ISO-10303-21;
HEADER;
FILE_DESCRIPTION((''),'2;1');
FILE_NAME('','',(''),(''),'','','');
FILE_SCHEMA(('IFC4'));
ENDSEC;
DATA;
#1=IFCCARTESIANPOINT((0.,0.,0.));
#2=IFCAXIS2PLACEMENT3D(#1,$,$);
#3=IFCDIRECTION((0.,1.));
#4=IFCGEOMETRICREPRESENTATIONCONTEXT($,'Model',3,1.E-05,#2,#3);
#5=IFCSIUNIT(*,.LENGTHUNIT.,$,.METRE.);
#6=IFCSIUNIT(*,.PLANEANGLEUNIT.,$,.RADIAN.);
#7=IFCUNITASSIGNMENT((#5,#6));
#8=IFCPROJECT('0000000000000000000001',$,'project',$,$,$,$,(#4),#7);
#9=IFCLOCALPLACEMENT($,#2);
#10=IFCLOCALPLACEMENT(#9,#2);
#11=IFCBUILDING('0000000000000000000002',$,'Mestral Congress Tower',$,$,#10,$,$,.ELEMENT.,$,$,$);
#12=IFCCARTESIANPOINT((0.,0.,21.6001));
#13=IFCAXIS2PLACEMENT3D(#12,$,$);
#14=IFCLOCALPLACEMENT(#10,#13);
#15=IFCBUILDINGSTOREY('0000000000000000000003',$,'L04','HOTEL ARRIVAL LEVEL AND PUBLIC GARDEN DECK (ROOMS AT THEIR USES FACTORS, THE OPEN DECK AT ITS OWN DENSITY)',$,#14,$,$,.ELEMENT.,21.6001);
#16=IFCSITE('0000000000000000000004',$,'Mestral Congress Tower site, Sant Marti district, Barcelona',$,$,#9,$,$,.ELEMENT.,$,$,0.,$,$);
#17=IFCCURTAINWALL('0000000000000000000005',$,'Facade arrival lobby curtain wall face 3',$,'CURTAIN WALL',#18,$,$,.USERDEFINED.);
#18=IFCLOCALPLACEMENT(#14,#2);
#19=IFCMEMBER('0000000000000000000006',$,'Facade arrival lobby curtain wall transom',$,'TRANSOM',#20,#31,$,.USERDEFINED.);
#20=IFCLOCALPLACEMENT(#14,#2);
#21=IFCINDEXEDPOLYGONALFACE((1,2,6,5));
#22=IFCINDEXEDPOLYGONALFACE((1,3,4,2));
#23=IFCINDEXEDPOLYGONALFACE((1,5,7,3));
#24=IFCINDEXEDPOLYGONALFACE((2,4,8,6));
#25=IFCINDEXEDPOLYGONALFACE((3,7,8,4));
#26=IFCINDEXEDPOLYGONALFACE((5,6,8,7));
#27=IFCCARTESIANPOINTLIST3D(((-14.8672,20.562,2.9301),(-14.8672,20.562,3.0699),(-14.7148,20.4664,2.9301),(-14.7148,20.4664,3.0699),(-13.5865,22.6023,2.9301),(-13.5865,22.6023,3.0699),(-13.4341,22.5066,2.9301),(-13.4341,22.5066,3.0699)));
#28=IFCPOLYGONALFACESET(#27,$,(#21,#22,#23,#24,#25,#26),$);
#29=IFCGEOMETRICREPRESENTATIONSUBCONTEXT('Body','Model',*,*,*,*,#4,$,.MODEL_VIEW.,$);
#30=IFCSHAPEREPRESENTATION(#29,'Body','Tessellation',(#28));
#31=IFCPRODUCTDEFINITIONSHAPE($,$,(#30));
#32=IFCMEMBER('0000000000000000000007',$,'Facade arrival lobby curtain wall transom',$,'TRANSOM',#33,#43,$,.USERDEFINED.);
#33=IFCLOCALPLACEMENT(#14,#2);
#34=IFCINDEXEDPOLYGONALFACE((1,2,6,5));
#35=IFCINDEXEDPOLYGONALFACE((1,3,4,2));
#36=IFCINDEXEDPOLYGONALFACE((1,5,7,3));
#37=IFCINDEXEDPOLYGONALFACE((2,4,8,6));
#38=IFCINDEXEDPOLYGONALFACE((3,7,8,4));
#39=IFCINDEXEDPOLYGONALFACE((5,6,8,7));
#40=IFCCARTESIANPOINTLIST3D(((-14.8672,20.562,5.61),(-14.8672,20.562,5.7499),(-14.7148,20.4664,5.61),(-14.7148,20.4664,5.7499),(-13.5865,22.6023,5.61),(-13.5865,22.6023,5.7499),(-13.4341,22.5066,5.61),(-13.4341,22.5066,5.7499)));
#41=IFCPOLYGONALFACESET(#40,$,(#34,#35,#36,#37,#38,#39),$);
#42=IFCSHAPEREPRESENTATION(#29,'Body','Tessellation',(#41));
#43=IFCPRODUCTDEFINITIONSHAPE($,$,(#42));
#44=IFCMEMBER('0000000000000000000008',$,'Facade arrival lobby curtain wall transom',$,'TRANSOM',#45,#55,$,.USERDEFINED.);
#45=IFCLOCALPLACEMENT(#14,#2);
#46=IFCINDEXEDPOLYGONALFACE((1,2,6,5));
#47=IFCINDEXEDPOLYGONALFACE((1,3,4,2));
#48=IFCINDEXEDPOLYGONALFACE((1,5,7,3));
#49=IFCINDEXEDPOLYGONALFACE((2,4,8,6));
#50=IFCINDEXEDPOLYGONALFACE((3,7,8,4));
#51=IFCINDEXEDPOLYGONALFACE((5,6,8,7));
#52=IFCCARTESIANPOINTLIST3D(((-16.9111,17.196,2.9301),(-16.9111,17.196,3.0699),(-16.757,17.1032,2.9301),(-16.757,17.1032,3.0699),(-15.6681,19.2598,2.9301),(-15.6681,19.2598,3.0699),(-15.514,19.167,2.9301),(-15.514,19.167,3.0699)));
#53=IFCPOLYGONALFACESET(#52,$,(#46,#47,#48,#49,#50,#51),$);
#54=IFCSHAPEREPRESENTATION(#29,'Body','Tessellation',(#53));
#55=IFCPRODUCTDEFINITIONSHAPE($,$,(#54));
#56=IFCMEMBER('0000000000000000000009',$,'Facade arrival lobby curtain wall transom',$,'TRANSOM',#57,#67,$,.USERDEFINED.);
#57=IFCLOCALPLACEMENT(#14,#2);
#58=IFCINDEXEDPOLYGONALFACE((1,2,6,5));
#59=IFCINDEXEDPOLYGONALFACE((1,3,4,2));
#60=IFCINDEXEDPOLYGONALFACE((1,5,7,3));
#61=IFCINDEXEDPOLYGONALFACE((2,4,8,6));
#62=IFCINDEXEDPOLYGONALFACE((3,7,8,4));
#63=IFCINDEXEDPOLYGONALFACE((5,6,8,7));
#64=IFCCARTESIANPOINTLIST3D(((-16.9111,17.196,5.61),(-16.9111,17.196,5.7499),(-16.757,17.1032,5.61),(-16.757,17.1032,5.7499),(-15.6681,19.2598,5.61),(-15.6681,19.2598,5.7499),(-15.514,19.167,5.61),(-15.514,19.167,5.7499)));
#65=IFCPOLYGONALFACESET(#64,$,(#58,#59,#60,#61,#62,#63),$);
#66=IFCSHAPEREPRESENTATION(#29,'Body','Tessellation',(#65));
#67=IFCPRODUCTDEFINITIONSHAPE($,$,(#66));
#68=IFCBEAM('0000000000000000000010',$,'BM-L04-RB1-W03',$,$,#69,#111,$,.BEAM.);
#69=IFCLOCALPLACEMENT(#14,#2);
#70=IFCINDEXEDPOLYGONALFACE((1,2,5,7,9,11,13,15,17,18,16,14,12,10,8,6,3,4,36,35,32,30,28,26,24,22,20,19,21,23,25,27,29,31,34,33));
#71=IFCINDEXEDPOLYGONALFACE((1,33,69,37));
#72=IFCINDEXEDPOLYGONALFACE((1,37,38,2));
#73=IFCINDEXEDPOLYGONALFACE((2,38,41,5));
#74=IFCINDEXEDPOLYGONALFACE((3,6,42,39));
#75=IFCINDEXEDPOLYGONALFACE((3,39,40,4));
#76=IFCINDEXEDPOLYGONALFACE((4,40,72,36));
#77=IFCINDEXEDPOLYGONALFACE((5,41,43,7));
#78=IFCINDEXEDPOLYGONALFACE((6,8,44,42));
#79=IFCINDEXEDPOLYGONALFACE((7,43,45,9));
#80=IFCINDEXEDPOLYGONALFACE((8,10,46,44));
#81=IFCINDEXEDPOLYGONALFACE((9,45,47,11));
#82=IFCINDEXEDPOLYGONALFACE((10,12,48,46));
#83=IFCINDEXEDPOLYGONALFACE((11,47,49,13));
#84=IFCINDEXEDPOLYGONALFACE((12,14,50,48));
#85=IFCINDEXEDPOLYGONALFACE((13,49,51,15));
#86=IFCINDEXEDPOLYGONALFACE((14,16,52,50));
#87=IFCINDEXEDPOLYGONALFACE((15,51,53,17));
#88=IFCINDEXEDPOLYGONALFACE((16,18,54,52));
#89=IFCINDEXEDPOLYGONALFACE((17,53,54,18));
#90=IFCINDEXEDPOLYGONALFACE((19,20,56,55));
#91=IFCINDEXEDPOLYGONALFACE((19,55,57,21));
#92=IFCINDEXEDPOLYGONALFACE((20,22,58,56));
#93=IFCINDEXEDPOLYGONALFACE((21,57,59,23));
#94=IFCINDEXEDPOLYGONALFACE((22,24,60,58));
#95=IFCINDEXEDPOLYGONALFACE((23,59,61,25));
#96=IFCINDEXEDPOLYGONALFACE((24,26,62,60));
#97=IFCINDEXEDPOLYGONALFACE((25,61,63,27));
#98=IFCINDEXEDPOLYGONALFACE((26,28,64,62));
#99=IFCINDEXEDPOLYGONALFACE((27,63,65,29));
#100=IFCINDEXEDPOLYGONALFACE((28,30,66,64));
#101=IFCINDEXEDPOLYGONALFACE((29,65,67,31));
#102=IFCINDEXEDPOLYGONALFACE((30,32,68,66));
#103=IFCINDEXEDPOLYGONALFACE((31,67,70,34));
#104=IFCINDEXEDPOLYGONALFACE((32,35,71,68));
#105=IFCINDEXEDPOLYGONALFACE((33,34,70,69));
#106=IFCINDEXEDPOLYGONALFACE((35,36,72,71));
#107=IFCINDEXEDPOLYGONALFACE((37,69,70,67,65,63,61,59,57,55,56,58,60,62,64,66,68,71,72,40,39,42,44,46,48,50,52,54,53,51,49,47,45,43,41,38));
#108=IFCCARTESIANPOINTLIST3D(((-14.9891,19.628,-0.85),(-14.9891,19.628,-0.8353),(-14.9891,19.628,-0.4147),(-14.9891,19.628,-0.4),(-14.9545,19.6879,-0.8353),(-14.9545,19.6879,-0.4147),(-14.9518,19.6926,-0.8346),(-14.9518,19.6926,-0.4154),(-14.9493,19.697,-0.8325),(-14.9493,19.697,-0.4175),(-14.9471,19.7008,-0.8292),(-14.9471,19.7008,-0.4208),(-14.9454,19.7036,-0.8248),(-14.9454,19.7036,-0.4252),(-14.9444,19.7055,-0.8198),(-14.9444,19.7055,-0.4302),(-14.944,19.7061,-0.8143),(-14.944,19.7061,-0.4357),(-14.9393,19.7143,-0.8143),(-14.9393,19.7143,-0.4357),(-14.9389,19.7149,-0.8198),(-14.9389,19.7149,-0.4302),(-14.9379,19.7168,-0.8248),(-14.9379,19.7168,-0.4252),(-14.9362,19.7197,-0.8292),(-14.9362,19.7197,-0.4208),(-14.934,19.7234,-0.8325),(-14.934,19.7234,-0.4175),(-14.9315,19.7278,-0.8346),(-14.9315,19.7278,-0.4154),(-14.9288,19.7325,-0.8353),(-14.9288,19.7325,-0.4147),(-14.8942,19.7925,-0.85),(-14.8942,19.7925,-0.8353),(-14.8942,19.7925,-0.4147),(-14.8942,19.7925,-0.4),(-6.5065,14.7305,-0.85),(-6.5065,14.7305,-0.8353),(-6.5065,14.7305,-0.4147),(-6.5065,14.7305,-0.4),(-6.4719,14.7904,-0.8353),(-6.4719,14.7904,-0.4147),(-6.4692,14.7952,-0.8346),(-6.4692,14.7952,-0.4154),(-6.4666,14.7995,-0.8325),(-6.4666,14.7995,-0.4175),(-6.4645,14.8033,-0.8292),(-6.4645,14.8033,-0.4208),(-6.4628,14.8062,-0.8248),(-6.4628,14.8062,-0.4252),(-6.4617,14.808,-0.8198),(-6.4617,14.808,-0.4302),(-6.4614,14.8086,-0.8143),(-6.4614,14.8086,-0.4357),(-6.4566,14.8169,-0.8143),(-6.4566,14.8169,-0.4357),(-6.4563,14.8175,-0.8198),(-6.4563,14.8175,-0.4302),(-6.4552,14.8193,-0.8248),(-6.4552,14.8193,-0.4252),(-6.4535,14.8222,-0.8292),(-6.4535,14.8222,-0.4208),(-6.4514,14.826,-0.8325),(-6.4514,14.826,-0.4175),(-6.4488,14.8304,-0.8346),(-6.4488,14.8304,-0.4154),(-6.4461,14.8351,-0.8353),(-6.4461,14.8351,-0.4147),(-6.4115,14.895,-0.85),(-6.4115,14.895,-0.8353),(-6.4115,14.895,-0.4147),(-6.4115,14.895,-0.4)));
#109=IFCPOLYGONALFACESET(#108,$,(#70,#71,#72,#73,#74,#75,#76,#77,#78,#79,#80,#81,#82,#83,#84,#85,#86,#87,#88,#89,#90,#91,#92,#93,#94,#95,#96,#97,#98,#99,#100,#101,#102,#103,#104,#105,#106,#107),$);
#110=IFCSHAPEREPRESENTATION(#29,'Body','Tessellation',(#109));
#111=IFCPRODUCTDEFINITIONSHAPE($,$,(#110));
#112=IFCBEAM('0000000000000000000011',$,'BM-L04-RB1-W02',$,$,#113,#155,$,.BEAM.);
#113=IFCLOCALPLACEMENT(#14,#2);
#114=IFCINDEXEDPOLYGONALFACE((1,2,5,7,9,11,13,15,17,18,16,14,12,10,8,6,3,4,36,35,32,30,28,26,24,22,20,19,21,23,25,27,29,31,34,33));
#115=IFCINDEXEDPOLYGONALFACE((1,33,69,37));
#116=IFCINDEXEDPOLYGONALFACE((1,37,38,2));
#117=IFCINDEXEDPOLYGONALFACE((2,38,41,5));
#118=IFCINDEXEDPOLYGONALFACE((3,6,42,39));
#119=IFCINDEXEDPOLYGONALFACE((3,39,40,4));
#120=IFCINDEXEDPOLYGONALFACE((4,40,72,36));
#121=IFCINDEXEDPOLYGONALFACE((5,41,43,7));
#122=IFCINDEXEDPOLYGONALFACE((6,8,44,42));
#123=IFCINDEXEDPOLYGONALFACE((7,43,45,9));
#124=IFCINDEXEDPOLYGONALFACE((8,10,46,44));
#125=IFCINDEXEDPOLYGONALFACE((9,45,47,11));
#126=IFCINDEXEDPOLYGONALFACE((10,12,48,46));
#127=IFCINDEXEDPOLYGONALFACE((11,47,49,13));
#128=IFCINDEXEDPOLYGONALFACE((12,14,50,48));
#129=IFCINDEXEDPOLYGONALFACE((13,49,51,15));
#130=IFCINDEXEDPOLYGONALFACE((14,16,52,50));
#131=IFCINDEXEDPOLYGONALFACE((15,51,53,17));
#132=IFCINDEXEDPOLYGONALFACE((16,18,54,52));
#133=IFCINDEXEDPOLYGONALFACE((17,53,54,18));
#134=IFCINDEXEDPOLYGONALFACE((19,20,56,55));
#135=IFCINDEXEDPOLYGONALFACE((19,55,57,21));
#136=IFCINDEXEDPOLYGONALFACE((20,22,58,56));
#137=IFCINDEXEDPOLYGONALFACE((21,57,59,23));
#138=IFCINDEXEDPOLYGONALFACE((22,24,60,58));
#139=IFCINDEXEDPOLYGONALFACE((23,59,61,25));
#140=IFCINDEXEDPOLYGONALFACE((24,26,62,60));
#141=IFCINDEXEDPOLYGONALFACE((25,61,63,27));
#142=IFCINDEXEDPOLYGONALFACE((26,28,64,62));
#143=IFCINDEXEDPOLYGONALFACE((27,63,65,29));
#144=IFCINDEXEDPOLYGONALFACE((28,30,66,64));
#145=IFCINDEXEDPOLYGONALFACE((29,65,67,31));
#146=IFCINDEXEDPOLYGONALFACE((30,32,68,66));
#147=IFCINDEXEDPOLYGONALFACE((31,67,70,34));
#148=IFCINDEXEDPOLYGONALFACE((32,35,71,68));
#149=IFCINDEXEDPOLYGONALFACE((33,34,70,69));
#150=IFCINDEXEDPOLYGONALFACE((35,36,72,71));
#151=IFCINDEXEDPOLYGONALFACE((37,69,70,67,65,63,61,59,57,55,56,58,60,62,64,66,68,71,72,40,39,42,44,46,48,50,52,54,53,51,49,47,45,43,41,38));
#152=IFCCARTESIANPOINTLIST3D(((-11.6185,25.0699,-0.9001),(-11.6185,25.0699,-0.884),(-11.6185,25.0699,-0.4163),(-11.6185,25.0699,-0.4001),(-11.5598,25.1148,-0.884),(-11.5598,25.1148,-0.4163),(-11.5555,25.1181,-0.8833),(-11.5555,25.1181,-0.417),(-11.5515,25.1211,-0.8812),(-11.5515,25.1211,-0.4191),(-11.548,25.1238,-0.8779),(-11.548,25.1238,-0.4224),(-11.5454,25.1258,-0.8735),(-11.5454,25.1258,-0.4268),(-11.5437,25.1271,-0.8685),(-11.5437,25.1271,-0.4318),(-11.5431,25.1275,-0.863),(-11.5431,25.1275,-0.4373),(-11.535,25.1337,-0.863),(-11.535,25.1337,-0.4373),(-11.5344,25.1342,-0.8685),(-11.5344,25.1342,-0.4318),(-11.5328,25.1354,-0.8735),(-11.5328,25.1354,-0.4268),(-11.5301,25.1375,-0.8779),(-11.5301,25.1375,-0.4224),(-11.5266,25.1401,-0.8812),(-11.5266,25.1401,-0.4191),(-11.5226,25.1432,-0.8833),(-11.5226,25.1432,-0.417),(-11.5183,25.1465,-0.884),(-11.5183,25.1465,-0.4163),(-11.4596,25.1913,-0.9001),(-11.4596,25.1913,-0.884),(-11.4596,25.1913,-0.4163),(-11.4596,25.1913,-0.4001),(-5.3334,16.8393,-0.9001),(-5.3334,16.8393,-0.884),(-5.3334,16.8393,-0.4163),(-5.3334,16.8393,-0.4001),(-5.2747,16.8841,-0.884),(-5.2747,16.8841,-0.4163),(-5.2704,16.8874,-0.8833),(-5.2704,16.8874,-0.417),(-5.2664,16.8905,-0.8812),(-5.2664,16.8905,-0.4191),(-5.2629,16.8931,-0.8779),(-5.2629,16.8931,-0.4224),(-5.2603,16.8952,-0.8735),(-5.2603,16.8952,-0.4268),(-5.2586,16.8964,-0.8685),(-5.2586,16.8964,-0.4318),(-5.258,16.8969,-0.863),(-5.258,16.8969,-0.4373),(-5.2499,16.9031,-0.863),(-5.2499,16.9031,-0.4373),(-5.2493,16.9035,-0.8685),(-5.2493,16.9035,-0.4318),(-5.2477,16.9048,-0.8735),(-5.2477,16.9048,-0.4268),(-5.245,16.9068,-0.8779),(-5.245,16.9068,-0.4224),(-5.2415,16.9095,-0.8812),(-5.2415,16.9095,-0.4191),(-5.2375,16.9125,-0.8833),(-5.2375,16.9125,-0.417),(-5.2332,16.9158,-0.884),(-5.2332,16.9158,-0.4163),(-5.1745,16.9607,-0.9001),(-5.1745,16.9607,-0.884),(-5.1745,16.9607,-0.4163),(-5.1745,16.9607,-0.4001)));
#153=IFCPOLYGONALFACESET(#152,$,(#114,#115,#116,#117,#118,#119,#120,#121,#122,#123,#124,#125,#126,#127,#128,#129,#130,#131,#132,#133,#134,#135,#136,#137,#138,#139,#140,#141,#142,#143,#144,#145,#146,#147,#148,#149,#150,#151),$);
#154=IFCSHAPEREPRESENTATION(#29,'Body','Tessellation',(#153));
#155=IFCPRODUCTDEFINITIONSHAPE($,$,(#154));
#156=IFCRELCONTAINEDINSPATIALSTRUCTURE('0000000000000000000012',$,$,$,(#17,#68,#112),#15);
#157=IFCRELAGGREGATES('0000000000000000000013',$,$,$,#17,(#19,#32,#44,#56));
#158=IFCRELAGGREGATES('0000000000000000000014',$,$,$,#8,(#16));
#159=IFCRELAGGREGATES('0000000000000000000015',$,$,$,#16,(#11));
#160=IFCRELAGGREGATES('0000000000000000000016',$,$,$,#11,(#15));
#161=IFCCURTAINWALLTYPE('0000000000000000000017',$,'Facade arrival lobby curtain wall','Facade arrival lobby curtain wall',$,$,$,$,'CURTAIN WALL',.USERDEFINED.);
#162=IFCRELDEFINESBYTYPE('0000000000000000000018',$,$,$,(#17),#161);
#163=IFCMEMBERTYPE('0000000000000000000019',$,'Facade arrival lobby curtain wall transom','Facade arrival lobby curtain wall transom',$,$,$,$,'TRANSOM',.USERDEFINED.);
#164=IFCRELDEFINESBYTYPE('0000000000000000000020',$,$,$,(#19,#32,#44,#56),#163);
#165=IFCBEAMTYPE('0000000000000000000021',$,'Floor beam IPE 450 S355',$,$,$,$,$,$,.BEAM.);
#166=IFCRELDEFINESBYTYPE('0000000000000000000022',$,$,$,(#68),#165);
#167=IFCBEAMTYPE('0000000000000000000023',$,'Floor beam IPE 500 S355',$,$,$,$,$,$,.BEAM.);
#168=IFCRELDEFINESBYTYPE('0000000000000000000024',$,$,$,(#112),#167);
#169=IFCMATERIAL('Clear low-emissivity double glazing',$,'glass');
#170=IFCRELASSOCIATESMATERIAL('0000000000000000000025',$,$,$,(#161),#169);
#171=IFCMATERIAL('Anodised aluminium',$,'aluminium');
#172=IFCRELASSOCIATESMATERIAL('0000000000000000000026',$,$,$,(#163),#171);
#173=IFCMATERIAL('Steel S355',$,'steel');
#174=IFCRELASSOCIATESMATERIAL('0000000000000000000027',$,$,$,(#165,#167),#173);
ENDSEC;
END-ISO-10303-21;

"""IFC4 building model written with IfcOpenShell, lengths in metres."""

from ifc_helpers import new_model, si_unit, direction, frame, origin, origin_2d, place, context, subcontext, project, spatial, rectangle, i_section, extrude, material, material_profile, profile_set, type_object, element, aggregate, save


model = new_model("IFC4")

# Units and contexts
model_context = context("Model", 3, precision=1e-05, world=origin(), true_north=direction((0.0, 1.0)))
body_context = subcontext(model_context, "Body", "Model", "MODEL_VIEW")
ifc_project = project(units=[si_unit("LENGTHUNIT", "METRE"), si_unit("PLANEANGLEUNIT", "RADIAN")], contexts=[model_context])

# Site, building, storey
site_placement = place(None, origin())
site = spatial("IfcSite", under=ifc_project, at=site_placement, Name="Mestral Congress Tower site, Sant Marti district, Barcelona", CompositionType="ELEMENT", RefElevation=0.0)
building_placement = place(site_placement, origin())
building = spatial("IfcBuilding", under=site, at=building_placement, Name="Mestral Congress Tower", CompositionType="ELEMENT")
storey_placement = place(building_placement, frame((0.0, 0.0, 21.6001)))
storey = spatial("IfcBuildingStorey", under=building, at=storey_placement, Name="L04", Description="HOTEL ARRIVAL LEVEL AND PUBLIC GARDEN DECK (ROOMS AT THEIR USES FACTORS, THE OPEN DECK AT ITS OWN DENSITY)", CompositionType="ELEMENT", Elevation=21.6001)

# Curtain wall, members
ifc_material_1 = material(Name="Clear low-emissivity double glazing", Category="glass")
curtain_wall_type = type_object("IfcCurtainWallType", Name="Facade arrival lobby curtain wall", Description="Facade arrival lobby curtain wall", ElementType="CURTAIN WALL", PredefinedType="USERDEFINED", material=ifc_material_1)
curtain_wall_placement = place(storey_placement, origin())
curtain_wall = element("IfcCurtainWall", 1, at=curtain_wall_placement, inside=storey, type_object=curtain_wall_type, Name="Facade arrival lobby curtain wall face 3", ObjectType="CURTAIN WALL", PredefinedType="USERDEFINED")
ifc_material_2 = material(Name="Anodised aluminium", Category="aluminium")
ifc_material_profile_1 = material_profile(ifc_material_2, rectangle(XDim=0.1799, YDim=0.1399, at=origin_2d()), Name="CW4 transom 180 x 140")
ifc_profile_set_1 = profile_set([ifc_material_profile_1], Name="Anodised aluminium")
member_type_1 = type_object("IfcMemberType", Name="Facade arrival lobby curtain wall transom", Description="Facade arrival lobby curtain wall transom", ElementType="TRANSOM", PredefinedType="USERDEFINED", material=ifc_profile_set_1)
member_1_placement = place(storey_placement, frame((-13.5103, 22.5544, 3.0), z_axis=(-0.531665, -0.846955, 0.0), x_axis=(0.846955, -0.531665, 0.0)))
member_1 = element("IfcMember", 2, at=member_1_placement, type_object=member_type_1, Name="Facade arrival lobby curtain wall transom", ObjectType="TRANSOM", PredefinedType="USERDEFINED", context=body_context, shape_type="SweptSolid", body=[
    extrude(rectangle(XDim=0.1799, YDim=0.1399, at=origin_2d()), origin(), (0.0, 0.0, 1.0), 2.4089),
])
member_2_placement = place(storey_placement, frame((-13.5103, 22.5544, 5.6799), z_axis=(-0.531665, -0.846955, 0.0), x_axis=(0.846955, -0.531665, 0.0)))
member_2 = element("IfcMember", 3, at=member_2_placement, type_object=member_type_1, Name="Facade arrival lobby curtain wall transom", ObjectType="TRANSOM", PredefinedType="USERDEFINED", context=body_context, shape_type="SweptSolid", body=[
    extrude(rectangle(XDim=0.1799, YDim=0.1399, at=origin_2d()), origin(), (0.0, 0.0, 1.0), 2.4089),
])
member_3_placement = place(storey_placement, frame((-15.5911, 19.2134, 3.0), z_axis=(-0.515926, -0.856633, 0.0), x_axis=(0.856633, -0.515926, 0.0)))
member_3 = element("IfcMember", 4, at=member_3_placement, type_object=member_type_1, Name="Facade arrival lobby curtain wall transom", ObjectType="TRANSOM", PredefinedType="USERDEFINED", context=body_context, shape_type="SweptSolid", body=[
    extrude(rectangle(XDim=0.1799, YDim=0.1399, at=origin_2d()), origin(), (0.0, 0.0, 1.0), 2.4092),
])
member_4_placement = place(storey_placement, frame((-15.5911, 19.2134, 5.6799), z_axis=(-0.515926, -0.856633, 0.0), x_axis=(0.856633, -0.515926, 0.0)))
member_4 = element("IfcMember", 5, at=member_4_placement, type_object=member_type_1, Name="Facade arrival lobby curtain wall transom", ObjectType="TRANSOM", PredefinedType="USERDEFINED", context=body_context, shape_type="SweptSolid", body=[
    extrude(rectangle(XDim=0.1799, YDim=0.1399, at=origin_2d()), origin(), (0.0, 0.0, 1.0), 2.4092),
])

# Beams
ifc_material_3 = material(Name="Steel S355", Category="steel")
ifc_material_profile_2 = material_profile(ifc_material_3, i_section(OverallWidth=0.1899, OverallDepth=0.45, WebThickness=0.0095, FlangeThickness=0.0146, FilletRadius=0.021, at=origin_2d()), Name="IPE 450")
ifc_profile_set_2 = profile_set([ifc_material_profile_2], Name="Steel S355")
beam_type_1 = type_object("IfcBeamType", Name="Floor beam IPE 450 S355", PredefinedType="BEAM", material=ifc_profile_set_2)
beam_1_placement = place(storey_placement, frame((-14.9417, 19.7102, -0.625), z_axis=(0.866026, -0.499999, 0.0), x_axis=(0.499999, 0.866026, 0.0)))
element("IfcBeam", 6, at=beam_1_placement, inside=storey, type_object=beam_type_1, Name="BM-L04-RB1-W03", PredefinedType="BEAM", context=body_context, shape_type="SweptSolid", body=[
    extrude(i_section(OverallWidth=0.1899, OverallDepth=0.45, WebThickness=0.0095, FlangeThickness=0.0146, FilletRadius=0.021, at=origin_2d()), origin(), (0.0, 0.0, 1.0), 9.7949),
])
ifc_material_profile_3 = material_profile(ifc_material_3, i_section(OverallWidth=0.2, OverallDepth=0.5, WebThickness=0.0103, FlangeThickness=0.0161, FilletRadius=0.021, at=origin_2d()), Name="IPE 500")
ifc_profile_set_3 = profile_set([ifc_material_profile_3], Name="Steel S355")
beam_type_2 = type_object("IfcBeamType", Name="Floor beam IPE 500 S355", PredefinedType="BEAM", material=ifc_profile_set_3)
beam_2_placement = place(storey_placement, frame((-11.5391, 25.1306, -0.6501), z_axis=(0.606907, -0.794773, 0.0), x_axis=(0.794773, 0.606907, 0.0)))
element("IfcBeam", 7, at=beam_2_placement, inside=storey, type_object=beam_type_2, Name="BM-L04-RB1-W02", PredefinedType="BEAM", context=body_context, shape_type="SweptSolid", body=[
    extrude(i_section(OverallWidth=0.2, OverallDepth=0.5, WebThickness=0.0103, FlangeThickness=0.0161, FilletRadius=0.021, at=origin_2d()), origin(), (0.0, 0.0, 1.0), 10.356),
])

aggregate(curtain_wall, [member_1, member_2, member_3, member_4])

save(model, "model.ifc")
